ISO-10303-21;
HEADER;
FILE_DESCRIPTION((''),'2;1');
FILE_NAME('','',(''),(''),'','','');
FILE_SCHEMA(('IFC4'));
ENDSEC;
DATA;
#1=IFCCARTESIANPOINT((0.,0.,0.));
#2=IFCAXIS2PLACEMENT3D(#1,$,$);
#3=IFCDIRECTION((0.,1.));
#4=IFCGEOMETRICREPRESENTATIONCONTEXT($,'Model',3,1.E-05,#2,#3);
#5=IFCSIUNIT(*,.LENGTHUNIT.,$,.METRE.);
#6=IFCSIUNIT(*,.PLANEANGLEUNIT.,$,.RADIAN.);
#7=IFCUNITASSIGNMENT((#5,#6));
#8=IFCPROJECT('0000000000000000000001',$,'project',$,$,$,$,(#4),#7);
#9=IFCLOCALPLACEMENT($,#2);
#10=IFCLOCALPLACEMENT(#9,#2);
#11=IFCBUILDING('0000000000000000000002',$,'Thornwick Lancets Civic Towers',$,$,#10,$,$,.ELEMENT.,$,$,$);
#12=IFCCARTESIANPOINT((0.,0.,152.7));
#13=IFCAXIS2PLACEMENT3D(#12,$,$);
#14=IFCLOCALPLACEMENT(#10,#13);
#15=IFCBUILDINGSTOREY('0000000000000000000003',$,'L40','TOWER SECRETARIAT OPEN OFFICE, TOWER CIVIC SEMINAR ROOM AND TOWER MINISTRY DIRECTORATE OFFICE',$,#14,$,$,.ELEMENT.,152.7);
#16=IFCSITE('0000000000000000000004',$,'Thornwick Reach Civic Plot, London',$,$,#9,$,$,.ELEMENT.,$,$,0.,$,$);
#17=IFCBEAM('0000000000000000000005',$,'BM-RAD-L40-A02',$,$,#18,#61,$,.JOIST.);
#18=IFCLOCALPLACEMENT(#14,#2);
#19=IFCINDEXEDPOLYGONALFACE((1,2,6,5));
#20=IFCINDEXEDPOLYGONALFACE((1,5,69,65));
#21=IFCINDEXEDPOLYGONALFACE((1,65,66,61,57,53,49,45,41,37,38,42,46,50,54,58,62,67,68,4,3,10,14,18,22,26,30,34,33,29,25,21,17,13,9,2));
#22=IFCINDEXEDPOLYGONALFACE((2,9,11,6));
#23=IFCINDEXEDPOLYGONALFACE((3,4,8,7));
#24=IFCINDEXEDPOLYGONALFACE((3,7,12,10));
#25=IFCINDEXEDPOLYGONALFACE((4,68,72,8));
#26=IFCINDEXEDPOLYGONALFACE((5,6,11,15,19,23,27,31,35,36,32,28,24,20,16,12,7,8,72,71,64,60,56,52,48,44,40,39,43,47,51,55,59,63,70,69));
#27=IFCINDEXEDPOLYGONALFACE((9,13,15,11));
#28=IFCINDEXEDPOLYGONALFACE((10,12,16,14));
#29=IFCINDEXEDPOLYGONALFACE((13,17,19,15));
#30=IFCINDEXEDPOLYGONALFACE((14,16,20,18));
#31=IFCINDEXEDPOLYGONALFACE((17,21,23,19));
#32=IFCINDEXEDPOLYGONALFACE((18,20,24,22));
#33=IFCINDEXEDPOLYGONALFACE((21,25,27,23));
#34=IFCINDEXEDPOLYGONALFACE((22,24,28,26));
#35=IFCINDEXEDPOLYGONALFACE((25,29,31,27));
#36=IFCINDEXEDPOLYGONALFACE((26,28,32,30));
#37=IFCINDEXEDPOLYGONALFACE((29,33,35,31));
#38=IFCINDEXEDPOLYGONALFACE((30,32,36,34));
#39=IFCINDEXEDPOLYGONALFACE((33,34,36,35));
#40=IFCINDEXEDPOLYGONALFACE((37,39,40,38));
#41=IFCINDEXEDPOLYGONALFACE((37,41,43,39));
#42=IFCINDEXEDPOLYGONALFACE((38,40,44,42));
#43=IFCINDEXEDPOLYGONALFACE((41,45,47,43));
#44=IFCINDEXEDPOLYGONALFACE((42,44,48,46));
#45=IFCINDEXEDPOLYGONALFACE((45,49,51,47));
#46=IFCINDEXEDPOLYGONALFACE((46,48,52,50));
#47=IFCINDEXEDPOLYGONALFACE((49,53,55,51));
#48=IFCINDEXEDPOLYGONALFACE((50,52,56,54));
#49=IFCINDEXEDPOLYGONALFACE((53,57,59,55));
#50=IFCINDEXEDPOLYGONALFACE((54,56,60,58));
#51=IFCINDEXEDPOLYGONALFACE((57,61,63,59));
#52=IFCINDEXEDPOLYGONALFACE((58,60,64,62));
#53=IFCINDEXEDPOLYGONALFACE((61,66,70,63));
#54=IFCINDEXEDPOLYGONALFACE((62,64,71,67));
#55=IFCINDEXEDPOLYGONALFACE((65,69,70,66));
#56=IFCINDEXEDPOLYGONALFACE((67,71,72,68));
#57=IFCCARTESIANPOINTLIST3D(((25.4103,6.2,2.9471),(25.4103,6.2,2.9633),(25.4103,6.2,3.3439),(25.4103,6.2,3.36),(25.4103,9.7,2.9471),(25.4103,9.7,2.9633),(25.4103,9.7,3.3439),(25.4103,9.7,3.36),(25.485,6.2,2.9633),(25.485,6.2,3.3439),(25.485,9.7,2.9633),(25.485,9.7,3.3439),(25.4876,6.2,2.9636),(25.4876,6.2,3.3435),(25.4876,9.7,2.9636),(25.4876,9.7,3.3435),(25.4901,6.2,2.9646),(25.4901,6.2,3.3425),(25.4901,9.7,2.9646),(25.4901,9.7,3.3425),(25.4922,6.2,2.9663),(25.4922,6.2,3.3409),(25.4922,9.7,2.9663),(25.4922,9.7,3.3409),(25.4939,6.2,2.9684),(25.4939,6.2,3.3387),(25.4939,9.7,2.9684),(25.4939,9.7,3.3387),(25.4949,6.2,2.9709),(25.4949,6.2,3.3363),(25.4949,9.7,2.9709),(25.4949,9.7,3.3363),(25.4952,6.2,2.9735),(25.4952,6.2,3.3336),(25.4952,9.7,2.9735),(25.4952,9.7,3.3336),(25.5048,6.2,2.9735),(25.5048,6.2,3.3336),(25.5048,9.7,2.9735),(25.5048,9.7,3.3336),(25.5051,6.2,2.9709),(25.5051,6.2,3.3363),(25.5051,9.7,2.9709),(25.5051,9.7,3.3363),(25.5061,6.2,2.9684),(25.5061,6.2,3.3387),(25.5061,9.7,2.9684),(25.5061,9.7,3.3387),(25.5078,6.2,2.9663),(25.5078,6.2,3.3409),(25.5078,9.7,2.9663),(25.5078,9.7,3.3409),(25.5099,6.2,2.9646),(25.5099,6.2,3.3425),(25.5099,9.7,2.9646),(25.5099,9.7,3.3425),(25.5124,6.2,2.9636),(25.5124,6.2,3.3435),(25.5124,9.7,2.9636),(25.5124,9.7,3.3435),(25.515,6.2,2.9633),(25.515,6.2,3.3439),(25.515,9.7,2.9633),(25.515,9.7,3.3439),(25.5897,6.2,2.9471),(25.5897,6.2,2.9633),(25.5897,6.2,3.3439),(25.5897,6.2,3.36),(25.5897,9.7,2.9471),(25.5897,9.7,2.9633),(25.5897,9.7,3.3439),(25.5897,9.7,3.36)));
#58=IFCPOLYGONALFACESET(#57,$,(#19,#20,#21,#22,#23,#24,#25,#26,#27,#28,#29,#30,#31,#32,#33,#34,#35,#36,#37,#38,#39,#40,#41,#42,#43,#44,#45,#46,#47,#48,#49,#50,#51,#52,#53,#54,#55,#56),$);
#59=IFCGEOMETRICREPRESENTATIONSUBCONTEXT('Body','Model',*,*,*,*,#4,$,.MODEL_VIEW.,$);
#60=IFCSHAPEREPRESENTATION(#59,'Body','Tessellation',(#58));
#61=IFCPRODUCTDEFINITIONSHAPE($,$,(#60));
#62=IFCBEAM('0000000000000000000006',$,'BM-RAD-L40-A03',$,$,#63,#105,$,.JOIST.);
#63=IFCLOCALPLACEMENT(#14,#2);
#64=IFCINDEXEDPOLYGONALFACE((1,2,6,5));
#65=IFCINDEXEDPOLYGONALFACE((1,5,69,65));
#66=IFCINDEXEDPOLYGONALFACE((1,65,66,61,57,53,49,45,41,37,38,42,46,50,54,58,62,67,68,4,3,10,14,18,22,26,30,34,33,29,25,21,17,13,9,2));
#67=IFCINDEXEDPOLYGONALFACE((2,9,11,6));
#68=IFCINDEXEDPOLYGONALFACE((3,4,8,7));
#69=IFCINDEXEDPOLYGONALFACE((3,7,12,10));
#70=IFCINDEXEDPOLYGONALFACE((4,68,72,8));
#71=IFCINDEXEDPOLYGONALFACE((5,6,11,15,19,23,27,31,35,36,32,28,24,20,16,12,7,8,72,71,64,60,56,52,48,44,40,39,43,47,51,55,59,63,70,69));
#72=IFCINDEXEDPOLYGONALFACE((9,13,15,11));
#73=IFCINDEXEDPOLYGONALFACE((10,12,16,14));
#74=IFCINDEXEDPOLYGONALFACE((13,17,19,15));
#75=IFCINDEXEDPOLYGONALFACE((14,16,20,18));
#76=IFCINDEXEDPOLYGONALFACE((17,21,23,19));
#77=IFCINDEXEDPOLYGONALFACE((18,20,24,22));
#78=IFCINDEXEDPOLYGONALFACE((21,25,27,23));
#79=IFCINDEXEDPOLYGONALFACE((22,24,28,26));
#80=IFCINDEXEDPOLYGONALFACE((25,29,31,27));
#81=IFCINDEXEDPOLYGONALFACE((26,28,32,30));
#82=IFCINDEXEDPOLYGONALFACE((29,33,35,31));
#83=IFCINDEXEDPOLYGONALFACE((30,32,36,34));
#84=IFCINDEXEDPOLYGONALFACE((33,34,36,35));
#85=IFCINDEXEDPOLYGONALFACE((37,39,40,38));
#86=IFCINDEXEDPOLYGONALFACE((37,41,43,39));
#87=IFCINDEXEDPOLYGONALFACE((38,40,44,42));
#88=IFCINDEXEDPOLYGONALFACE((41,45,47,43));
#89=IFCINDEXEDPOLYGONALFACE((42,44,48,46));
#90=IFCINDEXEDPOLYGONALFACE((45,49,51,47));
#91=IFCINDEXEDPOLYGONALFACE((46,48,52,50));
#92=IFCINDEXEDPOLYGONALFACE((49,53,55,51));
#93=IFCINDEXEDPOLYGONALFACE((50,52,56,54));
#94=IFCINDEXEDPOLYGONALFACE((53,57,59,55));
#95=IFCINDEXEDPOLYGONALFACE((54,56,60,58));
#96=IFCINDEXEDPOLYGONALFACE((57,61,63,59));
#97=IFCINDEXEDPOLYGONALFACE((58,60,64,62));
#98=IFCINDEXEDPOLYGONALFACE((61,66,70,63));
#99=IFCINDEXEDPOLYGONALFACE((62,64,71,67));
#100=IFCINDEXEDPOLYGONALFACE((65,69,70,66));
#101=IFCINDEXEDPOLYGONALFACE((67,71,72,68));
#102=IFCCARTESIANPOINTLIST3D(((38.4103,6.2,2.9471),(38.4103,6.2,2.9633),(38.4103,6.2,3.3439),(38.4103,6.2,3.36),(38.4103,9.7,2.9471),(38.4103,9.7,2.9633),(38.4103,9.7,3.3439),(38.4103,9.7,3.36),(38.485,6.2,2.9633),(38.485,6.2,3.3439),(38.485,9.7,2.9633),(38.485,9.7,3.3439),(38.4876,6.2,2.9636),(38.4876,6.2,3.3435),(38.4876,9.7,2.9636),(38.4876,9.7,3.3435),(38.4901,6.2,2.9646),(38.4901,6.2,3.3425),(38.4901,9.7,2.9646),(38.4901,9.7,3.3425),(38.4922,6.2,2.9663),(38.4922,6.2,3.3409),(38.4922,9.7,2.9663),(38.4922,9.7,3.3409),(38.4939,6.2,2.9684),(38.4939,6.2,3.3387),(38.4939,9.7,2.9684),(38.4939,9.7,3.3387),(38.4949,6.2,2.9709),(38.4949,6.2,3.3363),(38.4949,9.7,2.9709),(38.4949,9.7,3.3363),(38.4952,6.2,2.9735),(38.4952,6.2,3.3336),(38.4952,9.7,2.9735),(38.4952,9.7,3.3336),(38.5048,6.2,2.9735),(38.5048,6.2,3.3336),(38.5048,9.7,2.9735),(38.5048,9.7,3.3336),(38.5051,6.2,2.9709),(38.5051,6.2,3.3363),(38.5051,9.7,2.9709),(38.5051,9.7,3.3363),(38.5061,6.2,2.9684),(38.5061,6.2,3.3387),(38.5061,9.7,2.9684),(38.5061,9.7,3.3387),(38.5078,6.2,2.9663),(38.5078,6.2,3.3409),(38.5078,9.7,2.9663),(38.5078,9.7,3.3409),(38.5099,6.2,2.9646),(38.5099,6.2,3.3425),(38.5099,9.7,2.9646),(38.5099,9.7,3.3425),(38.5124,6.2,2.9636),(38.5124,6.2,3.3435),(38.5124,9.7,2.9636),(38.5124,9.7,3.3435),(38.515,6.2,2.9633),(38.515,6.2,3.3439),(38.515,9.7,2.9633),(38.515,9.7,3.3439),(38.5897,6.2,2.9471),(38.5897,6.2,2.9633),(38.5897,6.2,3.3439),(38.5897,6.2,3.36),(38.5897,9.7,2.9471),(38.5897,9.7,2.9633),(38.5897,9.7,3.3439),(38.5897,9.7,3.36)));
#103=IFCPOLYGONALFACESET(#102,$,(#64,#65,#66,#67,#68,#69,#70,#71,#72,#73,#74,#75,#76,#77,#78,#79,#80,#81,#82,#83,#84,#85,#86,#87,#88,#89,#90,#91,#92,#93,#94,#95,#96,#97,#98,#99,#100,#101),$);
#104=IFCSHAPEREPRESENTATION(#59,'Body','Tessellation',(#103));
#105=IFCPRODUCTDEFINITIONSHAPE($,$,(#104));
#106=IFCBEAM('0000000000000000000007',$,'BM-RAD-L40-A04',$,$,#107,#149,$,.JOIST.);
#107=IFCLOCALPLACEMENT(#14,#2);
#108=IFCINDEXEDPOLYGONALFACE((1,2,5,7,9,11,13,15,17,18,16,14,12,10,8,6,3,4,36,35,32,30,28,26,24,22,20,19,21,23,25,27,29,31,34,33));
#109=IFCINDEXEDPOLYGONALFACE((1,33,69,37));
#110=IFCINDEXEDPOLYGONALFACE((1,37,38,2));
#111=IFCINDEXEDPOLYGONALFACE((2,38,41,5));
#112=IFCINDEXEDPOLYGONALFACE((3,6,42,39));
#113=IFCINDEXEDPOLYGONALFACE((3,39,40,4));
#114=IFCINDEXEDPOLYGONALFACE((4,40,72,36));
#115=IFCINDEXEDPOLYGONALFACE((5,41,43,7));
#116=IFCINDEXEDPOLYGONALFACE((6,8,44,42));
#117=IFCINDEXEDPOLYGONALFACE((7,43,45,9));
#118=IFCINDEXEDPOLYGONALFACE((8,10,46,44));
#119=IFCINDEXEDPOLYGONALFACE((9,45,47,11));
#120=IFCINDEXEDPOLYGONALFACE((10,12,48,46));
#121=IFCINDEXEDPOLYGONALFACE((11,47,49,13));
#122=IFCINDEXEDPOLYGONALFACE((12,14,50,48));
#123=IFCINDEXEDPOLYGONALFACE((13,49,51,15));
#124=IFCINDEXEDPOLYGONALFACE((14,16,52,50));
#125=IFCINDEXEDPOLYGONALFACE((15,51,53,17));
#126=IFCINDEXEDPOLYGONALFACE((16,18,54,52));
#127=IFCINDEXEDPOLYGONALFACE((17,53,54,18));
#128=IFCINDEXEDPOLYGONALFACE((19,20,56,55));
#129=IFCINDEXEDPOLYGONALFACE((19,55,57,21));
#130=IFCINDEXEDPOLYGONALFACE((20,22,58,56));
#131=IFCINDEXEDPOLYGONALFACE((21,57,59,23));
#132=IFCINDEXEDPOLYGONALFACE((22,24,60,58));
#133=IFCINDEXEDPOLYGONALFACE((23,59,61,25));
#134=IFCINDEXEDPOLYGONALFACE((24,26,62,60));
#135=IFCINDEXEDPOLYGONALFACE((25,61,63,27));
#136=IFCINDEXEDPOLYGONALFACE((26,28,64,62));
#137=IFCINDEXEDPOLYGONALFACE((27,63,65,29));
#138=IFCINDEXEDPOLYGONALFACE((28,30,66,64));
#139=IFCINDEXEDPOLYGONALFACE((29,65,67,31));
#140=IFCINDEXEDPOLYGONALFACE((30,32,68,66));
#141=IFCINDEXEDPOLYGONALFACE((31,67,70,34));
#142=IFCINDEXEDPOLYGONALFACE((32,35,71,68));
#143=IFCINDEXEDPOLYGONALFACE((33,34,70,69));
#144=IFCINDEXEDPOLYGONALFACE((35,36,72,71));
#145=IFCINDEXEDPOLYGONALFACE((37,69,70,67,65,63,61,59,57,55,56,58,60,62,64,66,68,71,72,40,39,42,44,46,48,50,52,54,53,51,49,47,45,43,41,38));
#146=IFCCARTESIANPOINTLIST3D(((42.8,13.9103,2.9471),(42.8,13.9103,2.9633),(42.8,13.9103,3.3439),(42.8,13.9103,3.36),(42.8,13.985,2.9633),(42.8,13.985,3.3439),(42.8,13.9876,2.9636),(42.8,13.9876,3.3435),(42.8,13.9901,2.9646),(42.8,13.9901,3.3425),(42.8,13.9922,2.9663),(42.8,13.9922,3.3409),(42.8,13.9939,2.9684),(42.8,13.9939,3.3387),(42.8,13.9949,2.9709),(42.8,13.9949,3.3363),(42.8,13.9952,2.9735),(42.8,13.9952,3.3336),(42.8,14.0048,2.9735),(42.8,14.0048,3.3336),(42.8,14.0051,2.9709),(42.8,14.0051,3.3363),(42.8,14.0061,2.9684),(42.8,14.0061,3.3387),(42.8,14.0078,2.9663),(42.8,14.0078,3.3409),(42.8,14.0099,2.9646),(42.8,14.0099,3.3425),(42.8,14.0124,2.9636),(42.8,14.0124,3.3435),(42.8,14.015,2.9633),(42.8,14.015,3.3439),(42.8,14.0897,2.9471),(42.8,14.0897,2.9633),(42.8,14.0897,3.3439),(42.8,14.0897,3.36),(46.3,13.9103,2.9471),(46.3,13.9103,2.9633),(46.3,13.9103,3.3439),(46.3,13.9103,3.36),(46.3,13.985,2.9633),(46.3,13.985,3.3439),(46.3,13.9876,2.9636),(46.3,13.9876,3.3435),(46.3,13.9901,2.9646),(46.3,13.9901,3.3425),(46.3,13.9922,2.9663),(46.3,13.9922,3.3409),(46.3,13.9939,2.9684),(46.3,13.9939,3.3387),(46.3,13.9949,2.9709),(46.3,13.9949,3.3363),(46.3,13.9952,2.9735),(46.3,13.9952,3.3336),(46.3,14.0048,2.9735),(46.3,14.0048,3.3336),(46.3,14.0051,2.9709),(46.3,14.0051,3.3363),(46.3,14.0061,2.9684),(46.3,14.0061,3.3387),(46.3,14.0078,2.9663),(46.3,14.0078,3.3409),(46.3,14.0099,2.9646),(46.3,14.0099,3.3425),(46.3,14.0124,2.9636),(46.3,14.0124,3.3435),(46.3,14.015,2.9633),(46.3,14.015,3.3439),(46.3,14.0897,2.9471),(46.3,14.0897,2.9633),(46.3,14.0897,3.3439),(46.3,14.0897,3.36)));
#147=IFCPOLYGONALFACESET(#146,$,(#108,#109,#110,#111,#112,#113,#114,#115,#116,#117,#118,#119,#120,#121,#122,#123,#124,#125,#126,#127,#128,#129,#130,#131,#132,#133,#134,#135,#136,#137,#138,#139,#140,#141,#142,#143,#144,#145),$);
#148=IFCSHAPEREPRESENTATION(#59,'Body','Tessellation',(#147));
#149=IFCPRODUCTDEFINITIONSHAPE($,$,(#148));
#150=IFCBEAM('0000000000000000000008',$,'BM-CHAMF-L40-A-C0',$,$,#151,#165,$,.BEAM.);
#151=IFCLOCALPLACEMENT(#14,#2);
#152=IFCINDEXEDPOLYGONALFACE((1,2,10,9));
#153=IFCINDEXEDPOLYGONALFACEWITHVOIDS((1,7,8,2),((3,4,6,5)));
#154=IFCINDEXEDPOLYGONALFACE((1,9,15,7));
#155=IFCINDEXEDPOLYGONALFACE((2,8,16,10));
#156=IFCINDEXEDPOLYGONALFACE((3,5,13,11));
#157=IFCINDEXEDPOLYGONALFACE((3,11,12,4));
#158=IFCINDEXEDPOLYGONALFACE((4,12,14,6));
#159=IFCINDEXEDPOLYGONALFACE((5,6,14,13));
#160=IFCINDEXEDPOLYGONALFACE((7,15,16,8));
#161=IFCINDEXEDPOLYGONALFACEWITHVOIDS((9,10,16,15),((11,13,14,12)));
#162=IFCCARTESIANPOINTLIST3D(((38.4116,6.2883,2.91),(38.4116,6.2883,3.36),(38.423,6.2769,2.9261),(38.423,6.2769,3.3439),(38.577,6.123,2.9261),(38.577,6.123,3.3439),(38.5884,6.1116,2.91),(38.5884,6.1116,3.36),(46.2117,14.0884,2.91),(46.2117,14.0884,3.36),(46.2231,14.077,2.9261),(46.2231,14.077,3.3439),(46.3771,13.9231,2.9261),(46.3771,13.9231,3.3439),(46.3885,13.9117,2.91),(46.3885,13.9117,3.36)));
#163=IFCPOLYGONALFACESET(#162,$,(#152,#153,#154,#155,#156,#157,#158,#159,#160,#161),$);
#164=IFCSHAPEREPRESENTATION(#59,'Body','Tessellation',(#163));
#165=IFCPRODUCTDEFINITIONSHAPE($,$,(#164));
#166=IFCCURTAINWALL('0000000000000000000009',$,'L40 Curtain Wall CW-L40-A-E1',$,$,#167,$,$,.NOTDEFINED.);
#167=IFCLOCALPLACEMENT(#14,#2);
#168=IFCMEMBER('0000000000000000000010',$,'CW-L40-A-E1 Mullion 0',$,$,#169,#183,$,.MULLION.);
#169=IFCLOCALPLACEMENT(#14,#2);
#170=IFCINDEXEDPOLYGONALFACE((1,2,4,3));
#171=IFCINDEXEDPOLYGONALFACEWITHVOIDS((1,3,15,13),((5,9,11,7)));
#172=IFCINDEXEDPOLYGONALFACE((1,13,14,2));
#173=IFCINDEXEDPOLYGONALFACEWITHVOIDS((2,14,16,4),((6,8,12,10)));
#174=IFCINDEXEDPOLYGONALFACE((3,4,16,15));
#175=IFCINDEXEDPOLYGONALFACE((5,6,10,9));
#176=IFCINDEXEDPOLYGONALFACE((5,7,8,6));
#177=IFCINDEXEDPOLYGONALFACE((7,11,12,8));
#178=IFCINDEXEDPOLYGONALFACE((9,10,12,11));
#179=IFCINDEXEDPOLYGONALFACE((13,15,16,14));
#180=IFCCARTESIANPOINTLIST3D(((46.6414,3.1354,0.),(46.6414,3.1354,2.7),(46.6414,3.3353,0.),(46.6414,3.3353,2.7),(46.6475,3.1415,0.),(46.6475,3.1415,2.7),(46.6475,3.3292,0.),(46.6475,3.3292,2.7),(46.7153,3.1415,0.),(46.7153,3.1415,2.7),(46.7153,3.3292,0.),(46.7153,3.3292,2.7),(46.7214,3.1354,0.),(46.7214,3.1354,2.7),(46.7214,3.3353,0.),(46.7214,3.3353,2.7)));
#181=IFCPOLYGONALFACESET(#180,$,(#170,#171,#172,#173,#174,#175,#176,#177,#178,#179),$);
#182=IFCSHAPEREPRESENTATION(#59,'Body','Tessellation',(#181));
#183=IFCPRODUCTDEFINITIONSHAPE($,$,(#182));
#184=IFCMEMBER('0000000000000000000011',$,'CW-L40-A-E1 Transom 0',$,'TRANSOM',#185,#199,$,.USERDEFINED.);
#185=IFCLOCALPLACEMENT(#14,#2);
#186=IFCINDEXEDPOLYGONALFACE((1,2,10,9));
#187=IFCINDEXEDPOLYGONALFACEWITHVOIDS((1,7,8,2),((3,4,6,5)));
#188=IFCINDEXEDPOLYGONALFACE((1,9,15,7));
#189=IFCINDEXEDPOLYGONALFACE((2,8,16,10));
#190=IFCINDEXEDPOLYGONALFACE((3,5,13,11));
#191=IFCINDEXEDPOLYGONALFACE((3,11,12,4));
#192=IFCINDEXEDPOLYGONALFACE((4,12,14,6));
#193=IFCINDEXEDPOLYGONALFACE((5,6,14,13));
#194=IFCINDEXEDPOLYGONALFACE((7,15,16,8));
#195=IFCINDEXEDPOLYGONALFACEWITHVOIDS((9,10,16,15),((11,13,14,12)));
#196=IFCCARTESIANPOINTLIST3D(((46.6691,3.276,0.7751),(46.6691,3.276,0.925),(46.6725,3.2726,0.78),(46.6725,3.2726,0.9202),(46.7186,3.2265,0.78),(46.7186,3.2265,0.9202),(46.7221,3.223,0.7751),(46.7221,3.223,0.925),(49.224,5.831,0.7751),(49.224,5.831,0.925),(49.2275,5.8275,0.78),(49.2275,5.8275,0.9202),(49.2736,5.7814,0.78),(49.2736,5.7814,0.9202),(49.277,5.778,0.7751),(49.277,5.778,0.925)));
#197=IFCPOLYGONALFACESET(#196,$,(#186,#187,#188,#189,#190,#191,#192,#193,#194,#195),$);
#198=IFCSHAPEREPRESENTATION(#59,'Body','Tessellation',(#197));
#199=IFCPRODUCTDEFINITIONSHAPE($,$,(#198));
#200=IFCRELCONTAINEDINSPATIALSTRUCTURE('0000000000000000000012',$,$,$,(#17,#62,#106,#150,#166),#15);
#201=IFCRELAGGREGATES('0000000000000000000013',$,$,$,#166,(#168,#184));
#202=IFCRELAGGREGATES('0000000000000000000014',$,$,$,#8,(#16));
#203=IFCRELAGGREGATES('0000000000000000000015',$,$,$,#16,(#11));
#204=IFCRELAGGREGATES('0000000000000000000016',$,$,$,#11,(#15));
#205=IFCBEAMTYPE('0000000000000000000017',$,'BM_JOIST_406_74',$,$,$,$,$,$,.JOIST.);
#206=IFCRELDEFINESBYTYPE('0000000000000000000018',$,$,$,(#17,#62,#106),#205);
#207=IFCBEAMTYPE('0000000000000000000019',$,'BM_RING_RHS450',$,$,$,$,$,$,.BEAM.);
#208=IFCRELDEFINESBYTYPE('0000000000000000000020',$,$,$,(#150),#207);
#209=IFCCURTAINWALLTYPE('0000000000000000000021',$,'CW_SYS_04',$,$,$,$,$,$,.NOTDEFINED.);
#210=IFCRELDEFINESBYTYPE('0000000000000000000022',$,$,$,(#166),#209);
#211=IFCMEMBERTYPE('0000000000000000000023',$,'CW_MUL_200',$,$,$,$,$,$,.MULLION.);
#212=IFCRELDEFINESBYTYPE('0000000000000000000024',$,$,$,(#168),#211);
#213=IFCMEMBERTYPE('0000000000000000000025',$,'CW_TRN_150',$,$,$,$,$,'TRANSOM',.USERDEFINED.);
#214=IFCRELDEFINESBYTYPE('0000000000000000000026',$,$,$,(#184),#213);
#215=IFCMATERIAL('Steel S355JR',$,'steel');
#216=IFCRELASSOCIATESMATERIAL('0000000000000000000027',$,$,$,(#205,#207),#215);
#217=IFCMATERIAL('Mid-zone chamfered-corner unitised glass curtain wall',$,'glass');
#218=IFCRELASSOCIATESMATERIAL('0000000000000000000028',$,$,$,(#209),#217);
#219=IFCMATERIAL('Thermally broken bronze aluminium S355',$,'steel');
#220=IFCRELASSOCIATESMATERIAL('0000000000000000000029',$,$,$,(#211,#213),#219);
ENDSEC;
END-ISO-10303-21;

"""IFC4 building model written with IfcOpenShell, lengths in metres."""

from ifc_helpers import new_model, si_unit, direction, frame, origin, origin_2d, place, context, subcontext, project, spatial, hollow_rectangle, i_section, extrude, material, material_profile, profile_set, type_object, element, aggregate, save


model = new_model("IFC4")

# Units and contexts
model_context = context("Model", 3, precision=1e-05, world=origin(), true_north=direction((0.0, 1.0)))
body_context = subcontext(model_context, "Body", "Model", "MODEL_VIEW")
ifc_project = project(units=[si_unit("LENGTHUNIT", "METRE"), si_unit("PLANEANGLEUNIT", "RADIAN")], contexts=[model_context])

# Site, building, storey
site_placement = place(None, origin())
site = spatial("IfcSite", under=ifc_project, at=site_placement, Name="Thornwick Reach Civic Plot, London", CompositionType="ELEMENT", RefElevation=0.0)
building_placement = place(site_placement, origin())
building = spatial("IfcBuilding", under=site, at=building_placement, Name="Thornwick Lancets Civic Towers", CompositionType="ELEMENT")
storey_placement = place(building_placement, frame((0.0, 0.0, 152.7)))
storey = spatial("IfcBuildingStorey", under=building, at=storey_placement, Name="L40", Description="TOWER SECRETARIAT OPEN OFFICE, TOWER CIVIC SEMINAR ROOM AND TOWER MINISTRY DIRECTORATE OFFICE", CompositionType="ELEMENT", Elevation=152.7)

# Beams
ifc_material_1 = material(Name="Steel S355JR", Category="steel")
ifc_material_profile_1 = material_profile(ifc_material_1, i_section(OverallWidth=0.1794, OverallDepth=0.4128, WebThickness=0.0095, FlangeThickness=0.0161, FilletRadius=0.0103, at=origin_2d()), Name="UKB 406x178x74")
ifc_profile_set_1 = profile_set([ifc_material_profile_1], Name="Steel S355JR")
beam_type_1 = type_object("IfcBeamType", Name="BM_JOIST_406_74", PredefinedType="JOIST", material=ifc_profile_set_1)
for number, where, z_axis, x_axis, name in (
    (1, (25.5, 9.7, 3.1536), (0.0, -1.0, 0.0), (1.0, 0.0, 0.0), "BM-RAD-L40-A02"),
    (2, (38.5, 9.7, 3.1536), (0.0, -1.0, 0.0), (1.0, 0.0, 0.0), "BM-RAD-L40-A03"),
    (3, (42.8, 14.0, 3.1536), (1.0, 0.0, 0.0), (0.0, 1.0, 0.0), "BM-RAD-L40-A04"),
):
    element("IfcBeam", number, at=place(storey_placement, frame(where, z_axis=z_axis, x_axis=x_axis)), inside=storey, type_object=beam_type_1, Name=name, PredefinedType="JOIST", context=body_context, shape_type="SweptSolid", body=[
        extrude(i_section(OverallWidth=0.1794, OverallDepth=0.4128, WebThickness=0.0095, FlangeThickness=0.0161, FilletRadius=0.0103, at=origin_2d()), origin(), (0.0, 0.0, 1.0), 3.5),
    ])
ifc_material_profile_2 = material_profile(ifc_material_1, hollow_rectangle(XDim=0.25, YDim=0.45, WallThickness=0.0161, at=origin_2d()), Name="RHS 450x250x16")
ifc_profile_set_2 = profile_set([ifc_material_profile_2], Name="Steel S355JR")
beam_type_2 = type_object("IfcBeamType", Name="BM_RING_RHS450", PredefinedType="BEAM", material=ifc_profile_set_2)
beam_1_placement = place(storey_placement, frame((38.5, 6.2, 3.135), z_axis=(0.707107, 0.707107, 0.0), x_axis=(-0.707107, 0.707107, 0.0)))
element("IfcBeam", 4, at=beam_1_placement, inside=storey, type_object=beam_type_2, Name="BM-CHAMF-L40-A-C0", PredefinedType="BEAM", context=body_context, shape_type="SweptSolid", body=[
    extrude(hollow_rectangle(XDim=0.25, YDim=0.45, WallThickness=0.0161, at=origin_2d()), origin(), (0.0, 0.0, 1.0), 11.031),
])

# Curtain wall, members
ifc_material_2 = material(Name="Mid-zone chamfered-corner unitised glass curtain wall", Category="glass")
curtain_wall_type = type_object("IfcCurtainWallType", Name="CW_SYS_04", PredefinedType="NOTDEFINED", material=ifc_material_2)
curtain_wall_placement = place(storey_placement, origin())
curtain_wall = element("IfcCurtainWall", 5, at=curtain_wall_placement, inside=storey, type_object=curtain_wall_type, Name="L40 Curtain Wall CW-L40-A-E1", PredefinedType="NOTDEFINED")
ifc_material_3 = material(Name="Thermally broken bronze aluminium S355", Category="steel")
ifc_material_profile_3 = material_profile(ifc_material_3, hollow_rectangle(XDim=0.0801, YDim=0.2, WallThickness=0.0061, at=origin_2d()), Name="RHS 200x80x6")
ifc_profile_set_3 = profile_set([ifc_material_profile_3], Name="Thermally broken bronze aluminium S355")
member_type_1 = type_object("IfcMemberType", Name="CW_MUL_200", PredefinedType="MULLION", material=ifc_profile_set_3)
member_1_placement = place(storey_placement, frame((46.6814, 3.2354, 0.0), z_axis=(0.0, 0.0, 1.0), x_axis=(1.0, 0.0, 0.0)))
member_1 = element("IfcMember", 6, at=member_1_placement, type_object=member_type_1, Name="CW-L40-A-E1 Mullion 0", PredefinedType="MULLION", context=body_context, shape_type="SweptSolid", body=[
    extrude(hollow_rectangle(XDim=0.0801, YDim=0.2, WallThickness=0.0061, at=origin_2d()), origin(), (0.0, 0.0, 1.0), 2.7),
])
ifc_material_profile_4 = material_profile(ifc_material_3, hollow_rectangle(XDim=0.075, YDim=0.1499, WallThickness=0.0049, at=origin_2d()), Name="RHS 150x75x5")
ifc_profile_set_4 = profile_set([ifc_material_profile_4], Name="Thermally broken bronze aluminium S355")
member_type_2 = type_object("IfcMemberType", Name="CW_TRN_150", ElementType="TRANSOM", PredefinedType="USERDEFINED", material=ifc_profile_set_4)
member_2_placement = place(storey_placement, frame((46.6956, 3.2495, 0.8501), z_axis=(0.707107, 0.707107, 0.0), x_axis=(-0.707107, 0.707107, 0.0)))
member_2 = element("IfcMember", 7, at=member_2_placement, type_object=member_type_2, Name="CW-L40-A-E1 Transom 0", ObjectType="TRANSOM", PredefinedType="USERDEFINED", context=body_context, shape_type="SweptSolid", body=[
    extrude(hollow_rectangle(XDim=0.075, YDim=0.1499, WallThickness=0.0049, at=origin_2d()), origin(), (0.0, 0.0, 1.0), 3.6133),
])
aggregate(curtain_wall, [member_1, member_2])

save(model, "model.ifc")
